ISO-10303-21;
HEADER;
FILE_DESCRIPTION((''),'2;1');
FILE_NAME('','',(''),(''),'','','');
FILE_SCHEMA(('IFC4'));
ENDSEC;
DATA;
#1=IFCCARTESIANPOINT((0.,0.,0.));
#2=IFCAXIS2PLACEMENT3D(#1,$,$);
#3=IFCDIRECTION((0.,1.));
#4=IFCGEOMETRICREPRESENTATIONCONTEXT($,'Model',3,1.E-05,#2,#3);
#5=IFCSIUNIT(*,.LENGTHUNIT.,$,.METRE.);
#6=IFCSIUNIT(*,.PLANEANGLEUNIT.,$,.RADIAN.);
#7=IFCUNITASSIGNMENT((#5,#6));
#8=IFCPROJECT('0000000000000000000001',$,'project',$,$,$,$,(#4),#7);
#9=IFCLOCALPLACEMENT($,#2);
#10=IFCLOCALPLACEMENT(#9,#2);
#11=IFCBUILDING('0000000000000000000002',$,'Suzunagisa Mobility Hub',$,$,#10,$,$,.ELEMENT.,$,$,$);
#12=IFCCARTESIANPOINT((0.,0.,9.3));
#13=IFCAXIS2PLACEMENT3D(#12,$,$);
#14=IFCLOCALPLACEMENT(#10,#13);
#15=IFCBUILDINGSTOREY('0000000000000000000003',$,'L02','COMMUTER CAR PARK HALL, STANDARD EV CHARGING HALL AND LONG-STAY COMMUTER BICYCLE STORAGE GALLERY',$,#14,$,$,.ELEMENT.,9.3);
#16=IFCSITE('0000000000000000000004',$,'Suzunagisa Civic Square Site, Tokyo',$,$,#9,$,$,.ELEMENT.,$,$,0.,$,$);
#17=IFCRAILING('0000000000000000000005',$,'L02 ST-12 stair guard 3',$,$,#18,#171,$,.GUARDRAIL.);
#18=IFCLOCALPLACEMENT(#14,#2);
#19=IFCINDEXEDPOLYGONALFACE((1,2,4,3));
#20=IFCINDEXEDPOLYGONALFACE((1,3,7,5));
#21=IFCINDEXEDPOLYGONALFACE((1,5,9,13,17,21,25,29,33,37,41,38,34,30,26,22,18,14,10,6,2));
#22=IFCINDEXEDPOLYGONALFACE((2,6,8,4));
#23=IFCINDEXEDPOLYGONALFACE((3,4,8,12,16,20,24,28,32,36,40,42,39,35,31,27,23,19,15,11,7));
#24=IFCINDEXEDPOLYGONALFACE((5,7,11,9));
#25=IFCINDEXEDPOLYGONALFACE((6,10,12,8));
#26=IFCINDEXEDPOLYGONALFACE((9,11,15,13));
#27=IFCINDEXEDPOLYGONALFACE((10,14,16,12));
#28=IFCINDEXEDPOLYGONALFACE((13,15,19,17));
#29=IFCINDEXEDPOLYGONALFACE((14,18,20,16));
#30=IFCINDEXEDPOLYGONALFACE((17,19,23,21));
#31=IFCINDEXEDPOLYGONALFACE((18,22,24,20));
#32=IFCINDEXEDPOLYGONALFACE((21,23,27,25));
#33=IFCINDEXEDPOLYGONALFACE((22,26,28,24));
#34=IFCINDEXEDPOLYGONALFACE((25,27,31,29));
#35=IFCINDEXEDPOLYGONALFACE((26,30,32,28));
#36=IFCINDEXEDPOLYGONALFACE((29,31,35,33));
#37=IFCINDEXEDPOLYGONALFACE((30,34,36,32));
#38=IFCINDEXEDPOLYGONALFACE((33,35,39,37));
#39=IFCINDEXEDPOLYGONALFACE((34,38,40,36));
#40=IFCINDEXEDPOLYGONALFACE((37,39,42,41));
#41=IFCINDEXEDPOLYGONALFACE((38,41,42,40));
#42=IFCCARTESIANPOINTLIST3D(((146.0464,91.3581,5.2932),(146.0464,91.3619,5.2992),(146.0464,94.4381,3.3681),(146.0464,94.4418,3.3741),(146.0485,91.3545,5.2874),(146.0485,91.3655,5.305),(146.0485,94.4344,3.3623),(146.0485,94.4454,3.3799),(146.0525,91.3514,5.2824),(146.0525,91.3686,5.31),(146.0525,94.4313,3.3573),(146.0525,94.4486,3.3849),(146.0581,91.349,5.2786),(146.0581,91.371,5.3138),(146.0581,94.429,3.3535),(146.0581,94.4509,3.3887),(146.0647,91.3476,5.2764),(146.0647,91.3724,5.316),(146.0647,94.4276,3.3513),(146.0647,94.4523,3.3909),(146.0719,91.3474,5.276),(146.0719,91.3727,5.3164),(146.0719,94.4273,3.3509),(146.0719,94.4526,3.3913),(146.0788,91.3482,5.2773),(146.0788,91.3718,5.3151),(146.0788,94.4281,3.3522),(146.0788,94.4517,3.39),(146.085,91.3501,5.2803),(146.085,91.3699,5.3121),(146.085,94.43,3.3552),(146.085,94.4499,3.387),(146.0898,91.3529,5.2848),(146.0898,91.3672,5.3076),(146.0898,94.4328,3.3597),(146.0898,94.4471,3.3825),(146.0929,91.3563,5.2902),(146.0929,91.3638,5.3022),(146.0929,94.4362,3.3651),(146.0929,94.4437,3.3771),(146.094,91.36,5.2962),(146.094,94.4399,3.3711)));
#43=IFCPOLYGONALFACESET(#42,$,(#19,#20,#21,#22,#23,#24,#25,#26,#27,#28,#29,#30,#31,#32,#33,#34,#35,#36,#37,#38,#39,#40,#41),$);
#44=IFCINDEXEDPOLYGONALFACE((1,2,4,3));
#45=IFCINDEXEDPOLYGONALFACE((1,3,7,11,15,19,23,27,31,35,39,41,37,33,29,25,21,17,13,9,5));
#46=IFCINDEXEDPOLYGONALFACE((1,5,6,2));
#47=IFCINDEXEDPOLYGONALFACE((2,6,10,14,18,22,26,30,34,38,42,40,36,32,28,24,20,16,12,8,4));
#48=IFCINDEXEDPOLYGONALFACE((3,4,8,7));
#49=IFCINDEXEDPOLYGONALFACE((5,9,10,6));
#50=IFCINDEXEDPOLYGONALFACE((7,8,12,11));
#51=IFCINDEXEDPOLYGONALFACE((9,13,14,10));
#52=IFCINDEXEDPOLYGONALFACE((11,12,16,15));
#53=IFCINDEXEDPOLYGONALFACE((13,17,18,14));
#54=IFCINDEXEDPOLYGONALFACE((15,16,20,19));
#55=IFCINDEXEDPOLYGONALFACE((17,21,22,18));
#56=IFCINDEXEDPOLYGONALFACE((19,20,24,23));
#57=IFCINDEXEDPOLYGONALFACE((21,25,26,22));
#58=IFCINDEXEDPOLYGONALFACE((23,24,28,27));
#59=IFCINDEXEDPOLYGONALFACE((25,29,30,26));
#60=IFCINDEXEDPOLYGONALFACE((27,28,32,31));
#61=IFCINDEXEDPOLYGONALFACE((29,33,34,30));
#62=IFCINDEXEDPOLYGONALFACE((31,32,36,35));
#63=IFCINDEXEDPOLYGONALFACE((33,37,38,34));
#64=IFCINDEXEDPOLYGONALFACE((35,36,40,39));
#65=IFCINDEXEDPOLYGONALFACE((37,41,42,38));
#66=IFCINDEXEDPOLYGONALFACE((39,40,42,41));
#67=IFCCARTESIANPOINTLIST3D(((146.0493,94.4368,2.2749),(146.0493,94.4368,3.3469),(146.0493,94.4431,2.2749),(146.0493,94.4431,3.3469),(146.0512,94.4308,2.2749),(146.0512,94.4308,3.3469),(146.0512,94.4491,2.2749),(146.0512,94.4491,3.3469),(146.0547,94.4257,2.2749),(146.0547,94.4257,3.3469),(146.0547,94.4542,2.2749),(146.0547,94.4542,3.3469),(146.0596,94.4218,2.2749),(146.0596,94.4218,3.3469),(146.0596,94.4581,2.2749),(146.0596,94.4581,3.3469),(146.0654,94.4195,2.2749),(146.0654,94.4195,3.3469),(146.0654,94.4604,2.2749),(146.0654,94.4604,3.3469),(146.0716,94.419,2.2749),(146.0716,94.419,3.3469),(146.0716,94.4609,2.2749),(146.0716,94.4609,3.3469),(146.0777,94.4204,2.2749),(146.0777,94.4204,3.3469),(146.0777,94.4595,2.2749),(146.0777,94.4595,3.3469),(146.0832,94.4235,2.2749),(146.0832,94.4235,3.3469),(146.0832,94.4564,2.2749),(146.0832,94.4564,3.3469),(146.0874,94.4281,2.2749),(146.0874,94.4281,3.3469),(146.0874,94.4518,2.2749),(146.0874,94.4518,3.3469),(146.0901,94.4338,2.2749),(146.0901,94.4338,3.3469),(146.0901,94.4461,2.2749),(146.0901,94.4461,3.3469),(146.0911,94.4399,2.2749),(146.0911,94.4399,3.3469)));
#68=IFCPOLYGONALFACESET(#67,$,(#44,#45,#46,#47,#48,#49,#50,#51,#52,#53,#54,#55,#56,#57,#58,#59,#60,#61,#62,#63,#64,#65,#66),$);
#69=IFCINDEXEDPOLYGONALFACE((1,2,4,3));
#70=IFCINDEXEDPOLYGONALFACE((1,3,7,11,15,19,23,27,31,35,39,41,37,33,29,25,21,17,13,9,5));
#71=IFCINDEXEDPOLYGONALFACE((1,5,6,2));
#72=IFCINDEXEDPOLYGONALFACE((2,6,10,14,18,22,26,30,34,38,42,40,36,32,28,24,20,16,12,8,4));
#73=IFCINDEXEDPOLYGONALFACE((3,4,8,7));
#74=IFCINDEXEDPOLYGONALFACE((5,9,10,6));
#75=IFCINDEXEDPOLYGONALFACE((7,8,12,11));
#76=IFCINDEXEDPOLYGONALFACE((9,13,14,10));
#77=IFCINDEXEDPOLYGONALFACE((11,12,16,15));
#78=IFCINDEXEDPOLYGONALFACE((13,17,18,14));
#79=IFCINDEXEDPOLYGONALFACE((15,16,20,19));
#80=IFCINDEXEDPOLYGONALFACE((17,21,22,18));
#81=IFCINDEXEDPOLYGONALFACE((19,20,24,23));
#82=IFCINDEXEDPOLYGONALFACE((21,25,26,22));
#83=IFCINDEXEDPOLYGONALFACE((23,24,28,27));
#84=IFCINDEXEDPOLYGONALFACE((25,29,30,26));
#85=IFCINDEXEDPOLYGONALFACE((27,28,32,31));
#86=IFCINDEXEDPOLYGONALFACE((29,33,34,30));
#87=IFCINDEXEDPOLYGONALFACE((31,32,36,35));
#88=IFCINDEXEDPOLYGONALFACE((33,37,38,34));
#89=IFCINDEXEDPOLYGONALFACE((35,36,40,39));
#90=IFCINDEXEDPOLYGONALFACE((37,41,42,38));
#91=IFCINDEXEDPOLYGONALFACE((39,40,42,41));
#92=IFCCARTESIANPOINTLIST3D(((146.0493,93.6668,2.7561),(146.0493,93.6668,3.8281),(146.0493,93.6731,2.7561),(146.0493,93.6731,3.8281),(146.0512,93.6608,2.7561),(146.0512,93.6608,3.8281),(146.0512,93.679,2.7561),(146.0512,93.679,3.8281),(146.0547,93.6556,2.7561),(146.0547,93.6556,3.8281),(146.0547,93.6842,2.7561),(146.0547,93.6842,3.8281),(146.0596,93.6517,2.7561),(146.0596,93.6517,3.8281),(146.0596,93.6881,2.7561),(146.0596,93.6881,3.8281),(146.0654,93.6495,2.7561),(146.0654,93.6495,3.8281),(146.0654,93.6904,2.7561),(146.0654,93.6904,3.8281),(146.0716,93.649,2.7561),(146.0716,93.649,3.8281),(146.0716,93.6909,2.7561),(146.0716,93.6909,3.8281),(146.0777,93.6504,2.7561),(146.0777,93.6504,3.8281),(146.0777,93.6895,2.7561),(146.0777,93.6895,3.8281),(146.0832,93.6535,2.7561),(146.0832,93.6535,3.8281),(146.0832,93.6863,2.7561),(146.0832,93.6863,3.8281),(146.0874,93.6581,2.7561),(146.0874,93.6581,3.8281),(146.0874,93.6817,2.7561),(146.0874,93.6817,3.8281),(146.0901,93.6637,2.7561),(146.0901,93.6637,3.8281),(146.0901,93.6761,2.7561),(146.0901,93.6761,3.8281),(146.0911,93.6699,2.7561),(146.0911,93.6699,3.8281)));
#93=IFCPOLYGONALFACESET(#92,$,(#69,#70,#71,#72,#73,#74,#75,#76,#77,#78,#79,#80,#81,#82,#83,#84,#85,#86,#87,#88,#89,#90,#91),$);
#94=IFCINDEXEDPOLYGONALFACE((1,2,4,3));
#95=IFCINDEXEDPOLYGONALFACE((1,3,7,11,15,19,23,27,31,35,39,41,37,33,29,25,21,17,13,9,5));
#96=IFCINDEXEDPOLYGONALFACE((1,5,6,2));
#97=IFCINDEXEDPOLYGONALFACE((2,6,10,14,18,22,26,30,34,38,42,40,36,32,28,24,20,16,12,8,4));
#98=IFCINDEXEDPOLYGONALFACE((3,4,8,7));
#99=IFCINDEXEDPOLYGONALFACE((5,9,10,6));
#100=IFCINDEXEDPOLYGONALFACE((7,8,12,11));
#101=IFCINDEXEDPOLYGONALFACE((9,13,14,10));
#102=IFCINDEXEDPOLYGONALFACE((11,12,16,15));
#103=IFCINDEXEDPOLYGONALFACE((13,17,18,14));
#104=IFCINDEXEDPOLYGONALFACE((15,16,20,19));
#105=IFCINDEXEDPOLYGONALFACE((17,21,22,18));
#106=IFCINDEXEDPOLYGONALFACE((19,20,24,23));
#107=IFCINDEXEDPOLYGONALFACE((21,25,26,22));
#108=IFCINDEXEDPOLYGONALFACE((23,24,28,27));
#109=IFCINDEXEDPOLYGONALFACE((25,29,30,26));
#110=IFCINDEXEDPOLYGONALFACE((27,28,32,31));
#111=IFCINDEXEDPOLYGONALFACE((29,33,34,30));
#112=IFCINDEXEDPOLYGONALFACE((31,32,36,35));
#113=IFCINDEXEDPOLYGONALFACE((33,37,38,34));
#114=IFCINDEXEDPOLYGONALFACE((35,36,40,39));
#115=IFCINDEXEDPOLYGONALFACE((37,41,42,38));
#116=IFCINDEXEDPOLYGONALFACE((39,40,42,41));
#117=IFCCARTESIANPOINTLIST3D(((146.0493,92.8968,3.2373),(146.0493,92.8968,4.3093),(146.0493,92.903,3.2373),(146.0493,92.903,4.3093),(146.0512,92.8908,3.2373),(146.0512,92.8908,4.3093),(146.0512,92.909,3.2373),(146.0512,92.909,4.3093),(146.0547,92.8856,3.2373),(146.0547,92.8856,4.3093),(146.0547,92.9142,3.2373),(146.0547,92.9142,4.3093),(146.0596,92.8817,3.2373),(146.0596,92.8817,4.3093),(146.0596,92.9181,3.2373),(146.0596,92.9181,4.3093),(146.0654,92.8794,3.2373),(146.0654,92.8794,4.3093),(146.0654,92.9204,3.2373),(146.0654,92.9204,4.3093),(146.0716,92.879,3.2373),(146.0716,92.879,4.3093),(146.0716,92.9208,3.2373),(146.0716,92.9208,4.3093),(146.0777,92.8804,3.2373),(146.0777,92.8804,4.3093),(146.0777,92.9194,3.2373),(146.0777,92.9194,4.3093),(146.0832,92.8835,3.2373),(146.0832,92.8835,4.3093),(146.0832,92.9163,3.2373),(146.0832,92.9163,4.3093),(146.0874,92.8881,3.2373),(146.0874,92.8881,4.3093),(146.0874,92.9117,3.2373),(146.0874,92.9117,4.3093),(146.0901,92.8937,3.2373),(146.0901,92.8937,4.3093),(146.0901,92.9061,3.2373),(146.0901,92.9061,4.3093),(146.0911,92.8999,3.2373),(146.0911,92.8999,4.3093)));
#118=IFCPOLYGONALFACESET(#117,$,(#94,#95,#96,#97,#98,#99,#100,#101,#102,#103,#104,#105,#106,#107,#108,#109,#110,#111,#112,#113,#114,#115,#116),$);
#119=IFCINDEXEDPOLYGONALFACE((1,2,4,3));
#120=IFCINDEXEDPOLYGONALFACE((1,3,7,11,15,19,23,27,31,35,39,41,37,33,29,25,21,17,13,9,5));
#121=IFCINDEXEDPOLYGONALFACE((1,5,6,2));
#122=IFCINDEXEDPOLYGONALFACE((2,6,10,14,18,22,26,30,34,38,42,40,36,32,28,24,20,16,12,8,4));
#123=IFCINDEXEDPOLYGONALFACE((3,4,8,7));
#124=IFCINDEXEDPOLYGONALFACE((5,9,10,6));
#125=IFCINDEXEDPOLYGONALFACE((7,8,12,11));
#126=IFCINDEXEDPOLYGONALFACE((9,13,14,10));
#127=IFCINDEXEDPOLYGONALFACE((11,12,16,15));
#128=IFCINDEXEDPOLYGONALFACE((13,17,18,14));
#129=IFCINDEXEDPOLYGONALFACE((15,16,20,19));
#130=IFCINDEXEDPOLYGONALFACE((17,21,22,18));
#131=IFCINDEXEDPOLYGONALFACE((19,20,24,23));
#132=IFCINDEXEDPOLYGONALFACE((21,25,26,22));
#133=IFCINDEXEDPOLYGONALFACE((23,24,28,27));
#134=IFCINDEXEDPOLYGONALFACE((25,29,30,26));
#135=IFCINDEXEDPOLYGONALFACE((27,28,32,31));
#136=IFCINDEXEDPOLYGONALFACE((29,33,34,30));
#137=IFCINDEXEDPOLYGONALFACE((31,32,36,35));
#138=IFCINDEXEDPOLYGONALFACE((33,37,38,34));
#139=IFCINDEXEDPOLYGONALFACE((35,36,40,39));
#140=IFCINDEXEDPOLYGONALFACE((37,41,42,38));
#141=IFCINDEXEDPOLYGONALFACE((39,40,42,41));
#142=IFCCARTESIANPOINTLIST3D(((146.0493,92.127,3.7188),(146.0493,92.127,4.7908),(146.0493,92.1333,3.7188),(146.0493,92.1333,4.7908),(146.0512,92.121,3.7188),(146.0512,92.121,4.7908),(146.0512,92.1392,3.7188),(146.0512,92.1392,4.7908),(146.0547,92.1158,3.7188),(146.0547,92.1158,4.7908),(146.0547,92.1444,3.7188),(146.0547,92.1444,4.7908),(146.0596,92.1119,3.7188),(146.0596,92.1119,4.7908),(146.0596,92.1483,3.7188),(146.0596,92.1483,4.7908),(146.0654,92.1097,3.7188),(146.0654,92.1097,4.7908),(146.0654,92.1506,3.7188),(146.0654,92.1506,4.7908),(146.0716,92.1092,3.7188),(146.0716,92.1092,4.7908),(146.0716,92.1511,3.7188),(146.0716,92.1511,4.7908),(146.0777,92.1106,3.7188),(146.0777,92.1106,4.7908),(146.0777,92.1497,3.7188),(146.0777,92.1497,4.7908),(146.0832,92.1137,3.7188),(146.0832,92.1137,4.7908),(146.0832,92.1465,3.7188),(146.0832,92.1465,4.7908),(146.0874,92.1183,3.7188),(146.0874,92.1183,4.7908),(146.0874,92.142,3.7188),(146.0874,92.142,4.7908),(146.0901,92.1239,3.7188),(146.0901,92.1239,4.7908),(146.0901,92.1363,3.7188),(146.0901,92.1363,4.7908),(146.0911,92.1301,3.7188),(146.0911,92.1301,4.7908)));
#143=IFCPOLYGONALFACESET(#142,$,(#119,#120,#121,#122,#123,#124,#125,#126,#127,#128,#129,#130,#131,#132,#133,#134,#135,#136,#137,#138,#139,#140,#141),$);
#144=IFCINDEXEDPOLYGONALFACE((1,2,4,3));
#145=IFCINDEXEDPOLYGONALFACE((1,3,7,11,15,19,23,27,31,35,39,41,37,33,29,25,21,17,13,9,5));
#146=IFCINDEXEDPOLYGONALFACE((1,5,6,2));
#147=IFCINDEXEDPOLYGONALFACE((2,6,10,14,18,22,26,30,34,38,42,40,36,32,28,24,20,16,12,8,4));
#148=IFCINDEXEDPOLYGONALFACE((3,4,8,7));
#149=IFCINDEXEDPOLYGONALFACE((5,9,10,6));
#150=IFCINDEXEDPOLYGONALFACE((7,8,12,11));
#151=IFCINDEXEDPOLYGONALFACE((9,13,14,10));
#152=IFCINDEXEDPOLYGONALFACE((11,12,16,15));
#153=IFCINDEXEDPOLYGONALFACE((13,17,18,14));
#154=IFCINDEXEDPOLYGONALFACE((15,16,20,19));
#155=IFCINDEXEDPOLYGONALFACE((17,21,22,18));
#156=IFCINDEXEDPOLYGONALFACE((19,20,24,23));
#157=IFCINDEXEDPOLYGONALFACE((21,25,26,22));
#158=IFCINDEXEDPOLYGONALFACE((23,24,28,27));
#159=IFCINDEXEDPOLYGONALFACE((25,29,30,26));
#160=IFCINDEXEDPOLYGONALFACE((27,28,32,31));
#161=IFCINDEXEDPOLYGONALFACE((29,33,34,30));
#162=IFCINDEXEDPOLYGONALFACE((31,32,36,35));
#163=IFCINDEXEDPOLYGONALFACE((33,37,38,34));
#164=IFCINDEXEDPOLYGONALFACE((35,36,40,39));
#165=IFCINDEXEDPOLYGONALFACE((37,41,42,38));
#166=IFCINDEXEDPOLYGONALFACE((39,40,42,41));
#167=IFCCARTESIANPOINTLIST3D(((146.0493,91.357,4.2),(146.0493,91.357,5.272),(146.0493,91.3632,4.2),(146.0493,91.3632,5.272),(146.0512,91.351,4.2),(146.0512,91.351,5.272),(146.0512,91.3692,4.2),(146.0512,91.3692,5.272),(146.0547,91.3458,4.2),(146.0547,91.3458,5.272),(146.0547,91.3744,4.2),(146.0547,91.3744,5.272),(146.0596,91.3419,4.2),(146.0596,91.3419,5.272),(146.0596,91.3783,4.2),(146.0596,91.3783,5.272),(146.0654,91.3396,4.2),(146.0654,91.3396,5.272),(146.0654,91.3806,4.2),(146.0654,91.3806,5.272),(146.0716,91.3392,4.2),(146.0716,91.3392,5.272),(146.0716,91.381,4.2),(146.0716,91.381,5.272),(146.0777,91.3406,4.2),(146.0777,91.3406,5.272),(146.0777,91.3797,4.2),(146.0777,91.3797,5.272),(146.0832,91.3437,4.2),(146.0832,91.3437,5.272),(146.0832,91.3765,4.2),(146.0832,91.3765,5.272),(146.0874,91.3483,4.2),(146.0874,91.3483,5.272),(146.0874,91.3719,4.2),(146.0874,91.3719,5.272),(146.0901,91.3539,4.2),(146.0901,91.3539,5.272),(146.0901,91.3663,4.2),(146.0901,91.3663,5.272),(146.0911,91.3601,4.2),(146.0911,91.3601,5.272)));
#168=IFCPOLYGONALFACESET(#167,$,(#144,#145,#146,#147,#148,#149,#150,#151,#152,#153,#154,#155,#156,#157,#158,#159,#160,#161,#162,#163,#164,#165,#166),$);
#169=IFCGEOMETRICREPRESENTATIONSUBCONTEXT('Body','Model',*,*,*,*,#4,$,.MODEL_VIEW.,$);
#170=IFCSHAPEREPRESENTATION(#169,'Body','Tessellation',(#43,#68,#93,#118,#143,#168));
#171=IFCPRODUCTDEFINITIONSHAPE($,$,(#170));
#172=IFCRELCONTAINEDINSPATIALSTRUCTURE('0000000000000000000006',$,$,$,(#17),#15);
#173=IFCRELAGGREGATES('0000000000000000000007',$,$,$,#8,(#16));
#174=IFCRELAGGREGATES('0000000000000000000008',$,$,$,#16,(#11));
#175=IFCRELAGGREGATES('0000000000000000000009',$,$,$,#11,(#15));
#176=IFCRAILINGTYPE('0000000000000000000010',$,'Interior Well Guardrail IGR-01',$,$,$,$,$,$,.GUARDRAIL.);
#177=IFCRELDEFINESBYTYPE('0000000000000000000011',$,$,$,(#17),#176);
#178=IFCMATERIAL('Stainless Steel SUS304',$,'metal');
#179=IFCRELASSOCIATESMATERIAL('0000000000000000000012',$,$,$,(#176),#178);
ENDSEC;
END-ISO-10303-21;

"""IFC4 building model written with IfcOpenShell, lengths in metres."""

from ifc_helpers import new_model, si_unit, direction, frame, origin, origin_2d, place, context, subcontext, project, spatial, circle, extrude, material, type_object, element, save


model = new_model("IFC4")

# Units and contexts
model_context = context("Model", 3, precision=1e-05, world=origin(), true_north=direction((0.0, 1.0)))
body_context = subcontext(model_context, "Body", "Model", "MODEL_VIEW")
ifc_project = project(units=[si_unit("LENGTHUNIT", "METRE"), si_unit("PLANEANGLEUNIT", "RADIAN")], contexts=[model_context])

# Site, building, storey
site_placement = place(None, origin())
site = spatial("IfcSite", under=ifc_project, at=site_placement, Name="Suzunagisa Civic Square Site, Tokyo", CompositionType="ELEMENT", RefElevation=0.0)
building_placement = place(site_placement, origin())
building = spatial("IfcBuilding", under=site, at=building_placement, Name="Suzunagisa Mobility Hub", CompositionType="ELEMENT")
storey_placement = place(building_placement, frame((0.0, 0.0, 9.3)))
storey = spatial("IfcBuildingStorey", under=building, at=storey_placement, Name="L02", Description="COMMUTER CAR PARK HALL, STANDARD EV CHARGING HALL AND LONG-STAY COMMUTER BICYCLE STORAGE GALLERY", CompositionType="ELEMENT", Elevation=9.3)

# Railing
ifc_material_1 = material(Name="Stainless Steel SUS304", Category="metal")
railing_type_1 = type_object("IfcRailingType", Name="Interior Well Guardrail IGR-01", PredefinedType="GUARDRAIL", material=ifc_material_1)
railing_1_placement = place(storey_placement, frame((146.0701, 94.4399, 2.2749)))
element("IfcRailing", 1, at=railing_1_placement, inside=storey, type_object=railing_type_1, Name="L02 ST-12 stair guard 3", PredefinedType="GUARDRAIL", context=body_context, shape_type="SweptSolid", body=[
    extrude(circle(Radius=0.0239, at=origin_2d()), frame((0.0, 0.0, 1.0962), z_axis=(0.0, -0.847979, 0.530029), x_axis=(1.0, 0.0, 0.0)), (0.0, 0.0, 1.0), 3.6321),
    extrude(circle(Radius=0.021, at=origin_2d()), origin(), (0.0, 0.0, 1.0), 1.072),
    extrude(circle(Radius=0.021, at=origin_2d()), frame((0.0, -0.77, 0.4812)), (0.0, 0.0, 1.0), 1.072),
    extrude(circle(Radius=0.021, at=origin_2d()), frame((0.0, -1.54, 0.9624)), (0.0, 0.0, 1.0), 1.072),
    extrude(circle(Radius=0.021, at=origin_2d()), frame((0.0, -2.3098, 1.4438)), (0.0, 0.0, 1.0), 1.072),
    extrude(circle(Radius=0.021, at=origin_2d()), frame((0.0, -3.0798, 1.925)), (0.0, 0.0, 1.0), 1.072),
])

save(model, "model.ifc")
